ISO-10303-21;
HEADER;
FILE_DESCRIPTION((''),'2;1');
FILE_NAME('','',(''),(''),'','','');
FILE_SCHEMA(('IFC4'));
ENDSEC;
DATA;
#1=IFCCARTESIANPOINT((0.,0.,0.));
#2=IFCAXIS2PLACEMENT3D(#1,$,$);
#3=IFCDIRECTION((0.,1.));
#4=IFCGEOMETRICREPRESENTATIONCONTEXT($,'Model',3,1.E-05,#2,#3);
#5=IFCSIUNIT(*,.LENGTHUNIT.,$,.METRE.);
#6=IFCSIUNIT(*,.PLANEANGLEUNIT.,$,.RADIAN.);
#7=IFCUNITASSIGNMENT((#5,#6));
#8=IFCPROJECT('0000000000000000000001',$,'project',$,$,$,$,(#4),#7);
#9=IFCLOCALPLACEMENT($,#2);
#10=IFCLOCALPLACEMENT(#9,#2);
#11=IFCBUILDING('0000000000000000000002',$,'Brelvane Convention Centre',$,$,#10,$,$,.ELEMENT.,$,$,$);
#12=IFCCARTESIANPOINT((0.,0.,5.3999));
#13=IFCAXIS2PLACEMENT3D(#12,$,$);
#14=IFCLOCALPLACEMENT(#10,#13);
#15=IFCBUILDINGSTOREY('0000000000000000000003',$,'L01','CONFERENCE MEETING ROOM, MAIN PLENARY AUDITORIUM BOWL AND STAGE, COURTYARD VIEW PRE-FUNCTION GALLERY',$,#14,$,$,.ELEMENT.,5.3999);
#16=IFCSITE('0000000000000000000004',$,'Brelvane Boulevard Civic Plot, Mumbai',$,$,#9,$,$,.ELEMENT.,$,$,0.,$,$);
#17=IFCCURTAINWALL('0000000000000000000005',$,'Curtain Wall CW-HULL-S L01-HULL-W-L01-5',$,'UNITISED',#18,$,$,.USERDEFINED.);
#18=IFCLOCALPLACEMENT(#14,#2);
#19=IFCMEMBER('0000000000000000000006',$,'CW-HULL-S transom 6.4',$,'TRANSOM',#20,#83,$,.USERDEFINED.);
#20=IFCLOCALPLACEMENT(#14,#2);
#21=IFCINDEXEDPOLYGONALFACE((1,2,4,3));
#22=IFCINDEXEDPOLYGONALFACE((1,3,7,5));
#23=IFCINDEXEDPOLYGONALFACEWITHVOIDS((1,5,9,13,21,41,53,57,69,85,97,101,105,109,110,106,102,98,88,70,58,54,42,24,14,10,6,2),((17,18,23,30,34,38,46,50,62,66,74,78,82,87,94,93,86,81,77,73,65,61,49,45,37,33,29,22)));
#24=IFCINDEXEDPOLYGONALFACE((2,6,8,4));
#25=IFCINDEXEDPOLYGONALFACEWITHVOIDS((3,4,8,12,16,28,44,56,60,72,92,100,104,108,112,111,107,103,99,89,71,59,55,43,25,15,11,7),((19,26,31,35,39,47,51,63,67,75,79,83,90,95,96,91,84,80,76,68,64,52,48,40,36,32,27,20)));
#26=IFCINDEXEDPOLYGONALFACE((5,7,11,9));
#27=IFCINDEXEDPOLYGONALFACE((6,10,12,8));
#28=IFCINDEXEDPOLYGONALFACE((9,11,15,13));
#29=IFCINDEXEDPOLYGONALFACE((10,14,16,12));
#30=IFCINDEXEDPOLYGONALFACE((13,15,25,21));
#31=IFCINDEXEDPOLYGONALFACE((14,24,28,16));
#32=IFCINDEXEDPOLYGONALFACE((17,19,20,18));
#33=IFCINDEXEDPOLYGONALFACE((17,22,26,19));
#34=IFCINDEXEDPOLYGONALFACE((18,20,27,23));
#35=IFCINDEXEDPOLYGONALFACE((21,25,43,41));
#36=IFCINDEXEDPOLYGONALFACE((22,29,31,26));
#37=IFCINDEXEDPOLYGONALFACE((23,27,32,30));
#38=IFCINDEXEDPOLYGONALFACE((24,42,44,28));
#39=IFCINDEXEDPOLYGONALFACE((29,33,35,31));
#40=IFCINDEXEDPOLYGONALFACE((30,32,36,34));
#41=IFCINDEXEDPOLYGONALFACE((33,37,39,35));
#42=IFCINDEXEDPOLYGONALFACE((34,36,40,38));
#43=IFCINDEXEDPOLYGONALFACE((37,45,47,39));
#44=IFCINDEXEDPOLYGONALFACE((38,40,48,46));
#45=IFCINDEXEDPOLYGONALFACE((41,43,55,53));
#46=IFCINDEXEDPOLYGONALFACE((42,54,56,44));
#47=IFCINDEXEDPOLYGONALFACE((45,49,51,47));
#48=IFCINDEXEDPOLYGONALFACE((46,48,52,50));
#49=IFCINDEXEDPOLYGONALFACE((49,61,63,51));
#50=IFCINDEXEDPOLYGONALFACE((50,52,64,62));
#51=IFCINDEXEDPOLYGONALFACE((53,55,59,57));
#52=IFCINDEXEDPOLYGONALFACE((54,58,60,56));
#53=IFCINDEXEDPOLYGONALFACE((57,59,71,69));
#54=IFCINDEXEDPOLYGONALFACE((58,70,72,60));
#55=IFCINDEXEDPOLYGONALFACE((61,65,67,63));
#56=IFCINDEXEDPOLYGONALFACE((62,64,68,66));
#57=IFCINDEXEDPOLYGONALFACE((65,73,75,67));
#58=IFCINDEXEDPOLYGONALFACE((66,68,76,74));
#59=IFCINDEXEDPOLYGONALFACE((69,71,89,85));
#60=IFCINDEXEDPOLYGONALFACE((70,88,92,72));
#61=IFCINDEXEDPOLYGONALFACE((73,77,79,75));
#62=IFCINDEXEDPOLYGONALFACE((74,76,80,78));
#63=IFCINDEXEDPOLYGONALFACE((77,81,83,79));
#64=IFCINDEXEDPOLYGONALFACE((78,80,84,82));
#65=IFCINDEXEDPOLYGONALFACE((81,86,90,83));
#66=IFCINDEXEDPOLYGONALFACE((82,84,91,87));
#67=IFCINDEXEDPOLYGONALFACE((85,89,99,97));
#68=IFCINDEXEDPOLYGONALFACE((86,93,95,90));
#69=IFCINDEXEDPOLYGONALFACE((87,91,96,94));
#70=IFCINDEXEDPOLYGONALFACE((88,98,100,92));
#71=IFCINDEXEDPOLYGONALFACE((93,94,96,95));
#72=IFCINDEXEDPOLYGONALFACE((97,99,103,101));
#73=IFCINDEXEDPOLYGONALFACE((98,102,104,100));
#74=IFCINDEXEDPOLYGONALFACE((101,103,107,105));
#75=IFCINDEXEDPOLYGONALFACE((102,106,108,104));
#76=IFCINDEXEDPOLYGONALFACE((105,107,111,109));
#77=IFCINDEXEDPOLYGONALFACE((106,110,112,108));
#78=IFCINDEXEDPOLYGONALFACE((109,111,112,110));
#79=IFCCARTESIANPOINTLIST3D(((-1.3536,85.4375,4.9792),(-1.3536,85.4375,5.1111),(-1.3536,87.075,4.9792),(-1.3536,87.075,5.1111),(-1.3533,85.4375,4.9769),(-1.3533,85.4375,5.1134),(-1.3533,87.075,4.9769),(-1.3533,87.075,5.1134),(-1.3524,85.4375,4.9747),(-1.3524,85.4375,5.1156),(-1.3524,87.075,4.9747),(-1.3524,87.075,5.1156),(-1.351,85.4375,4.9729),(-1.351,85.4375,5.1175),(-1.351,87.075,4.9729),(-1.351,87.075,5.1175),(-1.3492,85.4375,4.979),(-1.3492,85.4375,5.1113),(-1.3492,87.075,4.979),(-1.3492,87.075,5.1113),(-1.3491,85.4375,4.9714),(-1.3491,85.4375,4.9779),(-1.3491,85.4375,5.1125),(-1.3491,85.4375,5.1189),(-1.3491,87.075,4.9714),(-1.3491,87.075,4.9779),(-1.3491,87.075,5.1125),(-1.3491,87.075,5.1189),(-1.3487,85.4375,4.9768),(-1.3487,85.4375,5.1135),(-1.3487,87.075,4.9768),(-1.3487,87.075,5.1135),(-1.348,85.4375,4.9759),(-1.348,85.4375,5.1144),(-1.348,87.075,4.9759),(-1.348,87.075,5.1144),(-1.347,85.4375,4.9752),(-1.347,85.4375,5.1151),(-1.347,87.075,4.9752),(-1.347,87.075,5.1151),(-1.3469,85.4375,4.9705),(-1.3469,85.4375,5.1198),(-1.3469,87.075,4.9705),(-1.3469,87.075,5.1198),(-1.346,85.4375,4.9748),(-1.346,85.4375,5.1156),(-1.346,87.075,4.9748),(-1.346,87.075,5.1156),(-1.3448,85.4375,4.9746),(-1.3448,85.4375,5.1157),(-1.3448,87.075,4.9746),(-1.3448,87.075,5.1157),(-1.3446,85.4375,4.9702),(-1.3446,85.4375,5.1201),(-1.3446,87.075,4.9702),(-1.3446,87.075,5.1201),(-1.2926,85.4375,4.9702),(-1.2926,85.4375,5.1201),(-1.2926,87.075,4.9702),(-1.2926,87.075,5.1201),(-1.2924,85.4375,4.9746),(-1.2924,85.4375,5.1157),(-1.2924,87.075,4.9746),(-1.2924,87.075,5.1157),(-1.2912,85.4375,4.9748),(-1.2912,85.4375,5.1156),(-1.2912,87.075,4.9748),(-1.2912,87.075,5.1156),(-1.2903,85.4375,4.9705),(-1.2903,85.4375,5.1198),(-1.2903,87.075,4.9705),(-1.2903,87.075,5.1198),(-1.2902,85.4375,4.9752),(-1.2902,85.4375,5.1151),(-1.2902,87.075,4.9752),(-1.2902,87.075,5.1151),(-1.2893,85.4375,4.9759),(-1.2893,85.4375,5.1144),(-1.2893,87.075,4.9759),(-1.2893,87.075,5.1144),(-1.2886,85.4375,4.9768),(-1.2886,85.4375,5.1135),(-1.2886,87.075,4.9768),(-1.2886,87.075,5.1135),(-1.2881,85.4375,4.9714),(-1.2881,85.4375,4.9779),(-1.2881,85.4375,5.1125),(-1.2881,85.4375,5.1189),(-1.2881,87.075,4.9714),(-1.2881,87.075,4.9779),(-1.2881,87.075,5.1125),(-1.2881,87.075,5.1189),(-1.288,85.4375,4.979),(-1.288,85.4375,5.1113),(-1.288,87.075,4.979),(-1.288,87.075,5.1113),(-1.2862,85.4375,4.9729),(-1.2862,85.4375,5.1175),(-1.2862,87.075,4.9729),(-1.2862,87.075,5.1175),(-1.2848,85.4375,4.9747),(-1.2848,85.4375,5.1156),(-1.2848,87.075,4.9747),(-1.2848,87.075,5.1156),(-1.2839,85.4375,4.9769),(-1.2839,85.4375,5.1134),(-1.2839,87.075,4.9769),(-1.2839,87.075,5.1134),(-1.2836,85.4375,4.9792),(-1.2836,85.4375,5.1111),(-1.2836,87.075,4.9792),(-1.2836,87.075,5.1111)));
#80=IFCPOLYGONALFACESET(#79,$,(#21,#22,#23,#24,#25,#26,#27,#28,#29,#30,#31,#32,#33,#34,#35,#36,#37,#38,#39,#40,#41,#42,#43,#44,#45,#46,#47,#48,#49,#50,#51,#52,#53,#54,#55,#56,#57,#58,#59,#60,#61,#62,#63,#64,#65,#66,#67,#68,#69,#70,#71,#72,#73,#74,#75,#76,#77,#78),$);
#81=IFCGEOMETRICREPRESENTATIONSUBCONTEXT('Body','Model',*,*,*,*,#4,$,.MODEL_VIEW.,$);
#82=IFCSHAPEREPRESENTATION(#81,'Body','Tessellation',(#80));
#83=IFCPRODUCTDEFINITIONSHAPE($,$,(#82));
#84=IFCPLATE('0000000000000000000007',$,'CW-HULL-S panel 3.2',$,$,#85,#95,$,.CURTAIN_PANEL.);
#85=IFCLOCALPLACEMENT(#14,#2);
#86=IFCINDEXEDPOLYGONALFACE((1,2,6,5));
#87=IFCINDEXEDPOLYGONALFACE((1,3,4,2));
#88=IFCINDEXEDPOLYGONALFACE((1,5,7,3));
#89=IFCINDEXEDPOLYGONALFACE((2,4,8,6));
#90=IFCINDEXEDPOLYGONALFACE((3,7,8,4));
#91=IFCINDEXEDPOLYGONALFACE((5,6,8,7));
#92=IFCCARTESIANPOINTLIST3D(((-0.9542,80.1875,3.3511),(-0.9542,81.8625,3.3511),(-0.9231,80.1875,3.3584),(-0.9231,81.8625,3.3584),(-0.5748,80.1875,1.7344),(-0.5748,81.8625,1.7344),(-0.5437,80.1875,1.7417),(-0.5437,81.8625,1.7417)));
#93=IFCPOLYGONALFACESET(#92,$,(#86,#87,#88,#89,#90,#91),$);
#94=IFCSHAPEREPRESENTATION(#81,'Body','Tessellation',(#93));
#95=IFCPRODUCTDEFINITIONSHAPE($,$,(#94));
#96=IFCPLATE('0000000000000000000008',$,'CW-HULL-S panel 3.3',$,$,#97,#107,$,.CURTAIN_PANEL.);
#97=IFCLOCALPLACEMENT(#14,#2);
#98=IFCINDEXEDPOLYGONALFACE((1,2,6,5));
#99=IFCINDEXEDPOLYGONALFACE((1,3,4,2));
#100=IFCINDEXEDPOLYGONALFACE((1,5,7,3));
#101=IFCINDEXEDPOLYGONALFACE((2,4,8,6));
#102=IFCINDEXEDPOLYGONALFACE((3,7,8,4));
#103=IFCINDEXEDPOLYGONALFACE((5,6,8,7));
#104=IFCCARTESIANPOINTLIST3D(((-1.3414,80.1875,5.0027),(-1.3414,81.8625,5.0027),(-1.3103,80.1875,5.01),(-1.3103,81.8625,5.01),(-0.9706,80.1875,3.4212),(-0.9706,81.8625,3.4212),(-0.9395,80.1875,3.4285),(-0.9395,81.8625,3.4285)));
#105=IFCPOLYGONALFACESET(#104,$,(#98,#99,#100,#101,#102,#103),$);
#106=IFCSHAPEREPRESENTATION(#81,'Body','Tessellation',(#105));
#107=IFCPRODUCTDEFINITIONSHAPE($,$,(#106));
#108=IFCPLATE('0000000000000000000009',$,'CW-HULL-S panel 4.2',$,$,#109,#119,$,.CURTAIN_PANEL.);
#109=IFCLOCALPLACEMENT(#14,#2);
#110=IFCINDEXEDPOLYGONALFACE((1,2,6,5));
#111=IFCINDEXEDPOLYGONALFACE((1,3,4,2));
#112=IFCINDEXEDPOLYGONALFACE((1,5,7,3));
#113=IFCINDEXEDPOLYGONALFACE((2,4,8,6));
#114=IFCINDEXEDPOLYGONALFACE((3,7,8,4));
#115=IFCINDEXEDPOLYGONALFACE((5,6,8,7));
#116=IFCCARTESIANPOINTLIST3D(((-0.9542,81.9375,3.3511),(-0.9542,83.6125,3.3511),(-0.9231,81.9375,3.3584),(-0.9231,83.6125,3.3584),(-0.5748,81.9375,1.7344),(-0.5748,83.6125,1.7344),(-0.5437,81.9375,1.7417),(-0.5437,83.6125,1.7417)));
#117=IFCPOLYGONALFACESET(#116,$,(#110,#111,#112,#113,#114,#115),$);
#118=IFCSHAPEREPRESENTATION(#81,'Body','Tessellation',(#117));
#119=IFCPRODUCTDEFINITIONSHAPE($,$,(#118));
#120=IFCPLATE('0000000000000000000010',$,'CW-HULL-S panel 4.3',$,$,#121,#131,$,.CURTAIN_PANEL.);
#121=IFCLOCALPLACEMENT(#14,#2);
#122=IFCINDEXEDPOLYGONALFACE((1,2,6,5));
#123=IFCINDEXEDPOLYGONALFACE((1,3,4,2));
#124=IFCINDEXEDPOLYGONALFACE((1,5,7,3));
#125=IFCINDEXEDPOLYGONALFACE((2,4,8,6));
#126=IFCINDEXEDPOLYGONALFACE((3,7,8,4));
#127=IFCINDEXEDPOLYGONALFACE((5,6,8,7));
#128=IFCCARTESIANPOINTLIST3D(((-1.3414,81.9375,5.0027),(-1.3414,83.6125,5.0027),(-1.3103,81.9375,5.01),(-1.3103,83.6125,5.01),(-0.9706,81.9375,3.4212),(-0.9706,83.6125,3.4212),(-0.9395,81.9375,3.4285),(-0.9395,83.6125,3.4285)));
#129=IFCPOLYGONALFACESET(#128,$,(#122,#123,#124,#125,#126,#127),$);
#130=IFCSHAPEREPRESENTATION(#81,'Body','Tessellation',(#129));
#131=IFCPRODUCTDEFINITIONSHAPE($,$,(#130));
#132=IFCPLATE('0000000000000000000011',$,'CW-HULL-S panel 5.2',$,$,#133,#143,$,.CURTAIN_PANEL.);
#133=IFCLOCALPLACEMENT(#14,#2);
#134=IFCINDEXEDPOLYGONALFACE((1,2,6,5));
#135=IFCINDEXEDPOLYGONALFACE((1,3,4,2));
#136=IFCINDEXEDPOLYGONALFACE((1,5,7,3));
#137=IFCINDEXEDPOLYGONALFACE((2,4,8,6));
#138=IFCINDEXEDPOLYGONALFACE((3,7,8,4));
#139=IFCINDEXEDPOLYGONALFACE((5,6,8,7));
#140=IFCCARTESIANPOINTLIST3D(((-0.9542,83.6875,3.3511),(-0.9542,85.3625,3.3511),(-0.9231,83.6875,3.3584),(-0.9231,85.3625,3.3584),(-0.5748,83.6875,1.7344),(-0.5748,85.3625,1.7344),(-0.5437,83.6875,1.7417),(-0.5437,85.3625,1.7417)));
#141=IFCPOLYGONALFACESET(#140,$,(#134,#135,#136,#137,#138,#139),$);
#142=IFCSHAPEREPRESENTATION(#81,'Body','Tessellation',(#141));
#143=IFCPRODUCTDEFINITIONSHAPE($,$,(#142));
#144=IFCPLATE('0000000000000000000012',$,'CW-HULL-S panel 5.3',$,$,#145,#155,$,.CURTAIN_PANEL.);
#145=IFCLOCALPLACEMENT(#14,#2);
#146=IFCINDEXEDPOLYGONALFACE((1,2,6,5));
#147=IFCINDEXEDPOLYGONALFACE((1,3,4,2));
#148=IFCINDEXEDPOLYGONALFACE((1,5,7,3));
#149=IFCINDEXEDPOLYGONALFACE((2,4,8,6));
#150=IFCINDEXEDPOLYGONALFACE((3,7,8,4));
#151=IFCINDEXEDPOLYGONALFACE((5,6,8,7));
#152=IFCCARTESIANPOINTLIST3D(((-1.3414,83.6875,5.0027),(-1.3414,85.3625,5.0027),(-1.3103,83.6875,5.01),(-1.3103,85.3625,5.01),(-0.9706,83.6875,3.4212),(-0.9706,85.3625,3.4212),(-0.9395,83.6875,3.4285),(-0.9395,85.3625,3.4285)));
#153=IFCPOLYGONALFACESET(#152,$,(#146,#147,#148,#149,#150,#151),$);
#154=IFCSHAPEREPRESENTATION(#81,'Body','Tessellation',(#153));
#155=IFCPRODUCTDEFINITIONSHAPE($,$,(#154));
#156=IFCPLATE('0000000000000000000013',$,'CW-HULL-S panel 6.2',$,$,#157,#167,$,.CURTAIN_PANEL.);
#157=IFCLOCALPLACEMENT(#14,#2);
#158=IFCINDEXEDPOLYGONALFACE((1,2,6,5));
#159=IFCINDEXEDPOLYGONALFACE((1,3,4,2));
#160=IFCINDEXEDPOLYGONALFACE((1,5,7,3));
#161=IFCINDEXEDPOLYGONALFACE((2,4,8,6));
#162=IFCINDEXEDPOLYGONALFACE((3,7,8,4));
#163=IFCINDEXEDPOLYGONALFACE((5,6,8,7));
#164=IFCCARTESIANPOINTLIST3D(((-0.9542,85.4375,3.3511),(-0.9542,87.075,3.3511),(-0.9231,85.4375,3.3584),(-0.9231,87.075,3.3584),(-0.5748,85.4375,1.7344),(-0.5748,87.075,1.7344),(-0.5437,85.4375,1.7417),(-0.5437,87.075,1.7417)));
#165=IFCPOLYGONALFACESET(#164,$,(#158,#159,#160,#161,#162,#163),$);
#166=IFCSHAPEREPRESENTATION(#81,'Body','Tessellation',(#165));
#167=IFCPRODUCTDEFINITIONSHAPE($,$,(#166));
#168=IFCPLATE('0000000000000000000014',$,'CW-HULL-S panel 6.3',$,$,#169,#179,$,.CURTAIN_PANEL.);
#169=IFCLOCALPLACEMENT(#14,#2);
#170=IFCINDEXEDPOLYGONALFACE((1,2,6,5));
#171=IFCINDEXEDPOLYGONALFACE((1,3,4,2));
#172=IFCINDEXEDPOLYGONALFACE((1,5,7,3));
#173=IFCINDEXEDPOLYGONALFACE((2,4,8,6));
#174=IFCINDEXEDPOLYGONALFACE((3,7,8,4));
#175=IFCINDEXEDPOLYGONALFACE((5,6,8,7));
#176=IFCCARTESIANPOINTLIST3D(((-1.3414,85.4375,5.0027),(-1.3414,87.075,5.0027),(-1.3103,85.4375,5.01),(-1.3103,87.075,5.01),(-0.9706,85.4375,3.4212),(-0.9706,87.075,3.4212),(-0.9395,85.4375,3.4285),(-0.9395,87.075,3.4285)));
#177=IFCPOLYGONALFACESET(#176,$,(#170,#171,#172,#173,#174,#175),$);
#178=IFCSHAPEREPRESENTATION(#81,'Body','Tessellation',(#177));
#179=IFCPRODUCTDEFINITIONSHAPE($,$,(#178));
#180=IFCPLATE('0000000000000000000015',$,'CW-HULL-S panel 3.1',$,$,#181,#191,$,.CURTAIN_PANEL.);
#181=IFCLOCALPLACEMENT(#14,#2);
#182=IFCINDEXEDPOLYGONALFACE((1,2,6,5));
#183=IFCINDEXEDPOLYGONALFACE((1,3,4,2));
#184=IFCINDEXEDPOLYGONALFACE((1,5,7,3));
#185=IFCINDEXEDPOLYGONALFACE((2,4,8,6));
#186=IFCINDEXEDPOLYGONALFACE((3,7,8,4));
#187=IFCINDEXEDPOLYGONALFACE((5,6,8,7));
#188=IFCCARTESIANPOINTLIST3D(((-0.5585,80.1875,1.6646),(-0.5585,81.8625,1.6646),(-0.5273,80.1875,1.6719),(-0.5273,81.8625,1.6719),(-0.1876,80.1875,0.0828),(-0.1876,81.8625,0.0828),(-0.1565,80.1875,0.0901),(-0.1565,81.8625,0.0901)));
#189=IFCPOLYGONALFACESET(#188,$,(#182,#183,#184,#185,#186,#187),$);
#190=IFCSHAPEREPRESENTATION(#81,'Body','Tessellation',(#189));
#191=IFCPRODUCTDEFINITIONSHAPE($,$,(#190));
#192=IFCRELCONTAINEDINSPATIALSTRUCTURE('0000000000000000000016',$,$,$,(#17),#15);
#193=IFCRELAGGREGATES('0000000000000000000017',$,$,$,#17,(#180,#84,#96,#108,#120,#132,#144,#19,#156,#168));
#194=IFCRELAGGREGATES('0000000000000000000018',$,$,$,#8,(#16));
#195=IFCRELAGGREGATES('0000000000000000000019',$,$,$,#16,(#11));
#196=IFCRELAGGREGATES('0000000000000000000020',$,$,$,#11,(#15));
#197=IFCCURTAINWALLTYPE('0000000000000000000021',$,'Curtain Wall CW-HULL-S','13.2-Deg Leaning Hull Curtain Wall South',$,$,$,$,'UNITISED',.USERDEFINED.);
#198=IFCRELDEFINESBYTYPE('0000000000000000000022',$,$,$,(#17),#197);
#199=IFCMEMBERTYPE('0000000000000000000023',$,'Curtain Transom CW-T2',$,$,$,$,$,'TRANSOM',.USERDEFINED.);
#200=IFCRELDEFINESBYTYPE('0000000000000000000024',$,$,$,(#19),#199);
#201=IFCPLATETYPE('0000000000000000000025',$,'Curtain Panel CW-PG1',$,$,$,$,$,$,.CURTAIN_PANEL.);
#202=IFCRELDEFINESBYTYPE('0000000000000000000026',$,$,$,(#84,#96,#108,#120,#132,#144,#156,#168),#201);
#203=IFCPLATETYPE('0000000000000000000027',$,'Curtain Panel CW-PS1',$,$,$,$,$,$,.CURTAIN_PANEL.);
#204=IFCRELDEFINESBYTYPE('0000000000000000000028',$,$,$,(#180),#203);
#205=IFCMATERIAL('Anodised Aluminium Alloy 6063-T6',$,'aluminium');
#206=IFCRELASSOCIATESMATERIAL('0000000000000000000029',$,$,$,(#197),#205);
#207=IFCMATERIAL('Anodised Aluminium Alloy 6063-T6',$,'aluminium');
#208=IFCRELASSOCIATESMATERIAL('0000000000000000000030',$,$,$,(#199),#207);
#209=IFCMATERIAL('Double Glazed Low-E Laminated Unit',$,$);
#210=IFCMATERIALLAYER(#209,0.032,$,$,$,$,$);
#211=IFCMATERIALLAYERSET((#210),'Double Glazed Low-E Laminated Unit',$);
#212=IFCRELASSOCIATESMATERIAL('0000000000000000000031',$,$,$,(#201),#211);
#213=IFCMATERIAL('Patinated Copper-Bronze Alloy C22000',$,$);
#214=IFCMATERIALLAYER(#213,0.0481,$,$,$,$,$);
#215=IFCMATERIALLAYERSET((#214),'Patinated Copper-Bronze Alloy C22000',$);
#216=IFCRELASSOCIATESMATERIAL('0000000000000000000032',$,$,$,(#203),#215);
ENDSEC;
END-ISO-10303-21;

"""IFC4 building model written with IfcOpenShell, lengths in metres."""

from ifc_helpers import new_model, si_unit, direction, frame, origin, origin_2d, place, context, subcontext, project, spatial, polyline, hollow_rectangle, outline, extrude, material, layer, layer_set, material_profile, profile_set, type_object, element, aggregate, save


model = new_model("IFC4")

# Units and contexts
model_context = context("Model", 3, precision=1e-05, world=origin(), true_north=direction((0.0, 1.0)))
body_context = subcontext(model_context, "Body", "Model", "MODEL_VIEW")
ifc_project = project(units=[si_unit("LENGTHUNIT", "METRE"), si_unit("PLANEANGLEUNIT", "RADIAN")], contexts=[model_context])

# Site, building, storey
site_placement = place(None, origin())
site = spatial("IfcSite", under=ifc_project, at=site_placement, Name="Brelvane Boulevard Civic Plot, Mumbai", CompositionType="ELEMENT", RefElevation=0.0)
building_placement = place(site_placement, origin())
building = spatial("IfcBuilding", under=site, at=building_placement, Name="Brelvane Convention Centre", CompositionType="ELEMENT")
storey_placement = place(building_placement, frame((0.0, 0.0, 5.3999)))
storey = spatial("IfcBuildingStorey", under=building, at=storey_placement, Name="L01", Description="CONFERENCE MEETING ROOM, MAIN PLENARY AUDITORIUM BOWL AND STAGE, COURTYARD VIEW PRE-FUNCTION GALLERY", CompositionType="ELEMENT", Elevation=5.3999)

# Curtain wall, member, plates
ifc_material_1 = material(Name="Anodised Aluminium Alloy 6063-T6", Category="aluminium")
curtain_wall_type = type_object("IfcCurtainWallType", Name="Curtain Wall CW-HULL-S", Description="13.2-Deg Leaning Hull Curtain Wall South", ElementType="UNITISED", PredefinedType="USERDEFINED", material=ifc_material_1)
curtain_wall_placement = place(storey_placement, origin())
curtain_wall = element("IfcCurtainWall", 1, at=curtain_wall_placement, inside=storey, type_object=curtain_wall_type, Name="Curtain Wall CW-HULL-S L01-HULL-W-L01-5", ObjectType="UNITISED", PredefinedType="USERDEFINED")
ifc_material_2 = material(Name="Anodised Aluminium Alloy 6063-T6", Category="aluminium")
ifc_material_profile_1 = material_profile(ifc_material_2, hollow_rectangle(XDim=0.0701, YDim=0.1499, WallThickness=0.0044, InnerFilletRadius=0.0044, OuterFilletRadius=0.009, at=origin_2d()), Name="ALU-T 150x70x4.5")
ifc_profile_set_1 = profile_set([ifc_material_profile_1], Name="Anodised Aluminium Alloy 6063-T6")
member_type_1 = type_object("IfcMemberType", Name="Curtain Transom CW-T2", ElementType="TRANSOM", PredefinedType="USERDEFINED", material=ifc_profile_set_1)
member_1_placement = place(storey_placement, frame((-1.3186, 85.4375, 5.0452), z_axis=(0.0, 1.0, 0.0), x_axis=(-1.0, 0.0, 0.0)))
member_1 = element("IfcMember", 2, at=member_1_placement, type_object=member_type_1, Name="CW-HULL-S transom 6.4", ObjectType="TRANSOM", PredefinedType="USERDEFINED", context=body_context, shape_type="SweptSolid", body=[
    extrude(hollow_rectangle(XDim=0.0701, YDim=0.1499, WallThickness=0.0044, InnerFilletRadius=0.0044, OuterFilletRadius=0.009, at=origin_2d()), origin(), (0.0, 0.0, 1.0), 1.6375),
])
ifc_material_3 = material(Name="Double Glazed Low-E Laminated Unit")
ifc_layer_1 = layer(ifc_material_3, 0.032)
ifc_layer_set_1 = layer_set([ifc_layer_1], Name="Double Glazed Low-E Laminated Unit")
plate_type_1 = type_object("IfcPlateType", Name="Curtain Panel CW-PG1", PredefinedType="CURTAIN_PANEL", material=ifc_layer_set_1)
plate_1_placement = place(storey_placement, frame((-0.5437, 80.1875, 1.7417), z_axis=(0.973552, 0.0, 0.228466), x_axis=(0.0, 1.0, 0.0)))
plate_1 = element("IfcPlate", 3, at=plate_1_placement, type_object=plate_type_1, Name="CW-HULL-S panel 3.2", PredefinedType="CURTAIN_PANEL", context=body_context, shape_type="SweptSolid", body=[
    extrude(outline(polyline([(0.0, 0.0), (1.675, 0.0), (1.675, 1.6606), (0.0, 1.6606), (0.0, 0.0)])), origin(), (0.0, 0.0, -1.0), 0.032),
])
plate_2_placement = place(storey_placement, frame((-0.9395, 80.1875, 3.4285), z_axis=(0.973592, 0.0, 0.228294), x_axis=(0.0, 1.0, 0.0)))
plate_2 = element("IfcPlate", 4, at=plate_2_placement, type_object=plate_type_1, Name="CW-HULL-S panel 3.3", PredefinedType="CURTAIN_PANEL", context=body_context, shape_type="SweptSolid", body=[
    extrude(outline(polyline([(0.0, 0.0), (1.675, 0.0), (1.675, 1.6244), (0.0, 1.6244), (0.0, 0.0)])), origin(), (0.0, 0.0, -1.0), 0.032),
])
plate_3_placement = place(storey_placement, frame((-0.5437, 81.9375, 1.7417), z_axis=(0.973552, 0.0, 0.228466), x_axis=(0.0, 1.0, 0.0)))
plate_3 = element("IfcPlate", 5, at=plate_3_placement, type_object=plate_type_1, Name="CW-HULL-S panel 4.2", PredefinedType="CURTAIN_PANEL", context=body_context, shape_type="SweptSolid", body=[
    extrude(outline(polyline([(0.0, 0.0), (1.675, 0.0), (1.675, 1.6606), (0.0, 1.6606), (0.0, 0.0)])), origin(), (0.0, 0.0, -1.0), 0.032),
])
plate_4_placement = place(storey_placement, frame((-0.9395, 81.9375, 3.4285), z_axis=(0.973592, 0.0, 0.228294), x_axis=(0.0, 1.0, 0.0)))
plate_4 = element("IfcPlate", 6, at=plate_4_placement, type_object=plate_type_1, Name="CW-HULL-S panel 4.3", PredefinedType="CURTAIN_PANEL", context=body_context, shape_type="SweptSolid", body=[
    extrude(outline(polyline([(0.0, 0.0), (1.675, 0.0), (1.675, 1.6244), (0.0, 1.6244), (0.0, 0.0)])), origin(), (0.0, 0.0, -1.0), 0.032),
])
plate_5_placement = place(storey_placement, frame((-0.5437, 83.6875, 1.7417), z_axis=(0.973552, 0.0, 0.228466), x_axis=(0.0, 1.0, 0.0)))
plate_5 = element("IfcPlate", 7, at=plate_5_placement, type_object=plate_type_1, Name="CW-HULL-S panel 5.2", PredefinedType="CURTAIN_PANEL", context=body_context, shape_type="SweptSolid", body=[
    extrude(outline(polyline([(0.0, 0.0), (1.675, 0.0), (1.675, 1.6606), (0.0, 1.6606), (0.0, 0.0)])), origin(), (0.0, 0.0, -1.0), 0.032),
])
plate_6_placement = place(storey_placement, frame((-0.9395, 83.6875, 3.4285), z_axis=(0.973592, 0.0, 0.228294), x_axis=(0.0, 1.0, 0.0)))
plate_6 = element("IfcPlate", 8, at=plate_6_placement, type_object=plate_type_1, Name="CW-HULL-S panel 5.3", PredefinedType="CURTAIN_PANEL", context=body_context, shape_type="SweptSolid", body=[
    extrude(outline(polyline([(0.0, 0.0), (1.675, 0.0), (1.675, 1.6244), (0.0, 1.6244), (0.0, 0.0)])), origin(), (0.0, 0.0, -1.0), 0.032),
])
plate_7_placement = place(storey_placement, frame((-0.5437, 85.4375, 1.7417), z_axis=(0.973552, 0.0, 0.228466), x_axis=(0.0, 1.0, 0.0)))
plate_7 = element("IfcPlate", 9, at=plate_7_placement, type_object=plate_type_1, Name="CW-HULL-S panel 6.2", PredefinedType="CURTAIN_PANEL", context=body_context, shape_type="SweptSolid", body=[
    extrude(outline(polyline([(0.0, 0.0), (1.6375, 0.0), (1.6375, 1.6606), (0.0, 1.6606), (0.0, 0.0)])), origin(), (0.0, 0.0, -1.0), 0.032),
])
plate_8_placement = place(storey_placement, frame((-0.9395, 85.4375, 3.4285), z_axis=(0.973592, 0.0, 0.228294), x_axis=(0.0, 1.0, 0.0)))
plate_8 = element("IfcPlate", 10, at=plate_8_placement, type_object=plate_type_1, Name="CW-HULL-S panel 6.3", PredefinedType="CURTAIN_PANEL", context=body_context, shape_type="SweptSolid", body=[
    extrude(outline(polyline([(0.0, 0.0), (1.6375, 0.0), (1.6375, 1.6244), (0.0, 1.6244), (0.0, 0.0)])), origin(), (0.0, 0.0, -1.0), 0.032),
])
ifc_material_4 = material(Name="Patinated Copper-Bronze Alloy C22000")
ifc_layer_2 = layer(ifc_material_4, 0.0481)
ifc_layer_set_2 = layer_set([ifc_layer_2], Name="Patinated Copper-Bronze Alloy C22000")
plate_type_2 = type_object("IfcPlateType", Name="Curtain Panel CW-PS1", PredefinedType="CURTAIN_PANEL", material=ifc_layer_set_2)
plate_9_placement = place(storey_placement, frame((-0.1565, 80.1875, 0.0901), z_axis=(0.9736, 0.0, 0.22826), x_axis=(0.0, 1.0, 0.0)))
plate_9 = element("IfcPlate", 11, at=plate_9_placement, type_object=plate_type_2, Name="CW-HULL-S panel 3.1", PredefinedType="CURTAIN_PANEL", context=body_context, shape_type="SweptSolid", body=[
    extrude(outline(polyline([(0.0, 0.0), (1.675, 0.0), (1.675, 1.6247), (0.0, 1.6247), (0.0, 0.0)])), origin(), (0.0, 0.0, -1.0), 0.032),
])
aggregate(curtain_wall, [plate_9, plate_1, plate_2, plate_3, plate_4, plate_5, plate_6, member_1, plate_7, plate_8])

save(model, "model.ifc")
